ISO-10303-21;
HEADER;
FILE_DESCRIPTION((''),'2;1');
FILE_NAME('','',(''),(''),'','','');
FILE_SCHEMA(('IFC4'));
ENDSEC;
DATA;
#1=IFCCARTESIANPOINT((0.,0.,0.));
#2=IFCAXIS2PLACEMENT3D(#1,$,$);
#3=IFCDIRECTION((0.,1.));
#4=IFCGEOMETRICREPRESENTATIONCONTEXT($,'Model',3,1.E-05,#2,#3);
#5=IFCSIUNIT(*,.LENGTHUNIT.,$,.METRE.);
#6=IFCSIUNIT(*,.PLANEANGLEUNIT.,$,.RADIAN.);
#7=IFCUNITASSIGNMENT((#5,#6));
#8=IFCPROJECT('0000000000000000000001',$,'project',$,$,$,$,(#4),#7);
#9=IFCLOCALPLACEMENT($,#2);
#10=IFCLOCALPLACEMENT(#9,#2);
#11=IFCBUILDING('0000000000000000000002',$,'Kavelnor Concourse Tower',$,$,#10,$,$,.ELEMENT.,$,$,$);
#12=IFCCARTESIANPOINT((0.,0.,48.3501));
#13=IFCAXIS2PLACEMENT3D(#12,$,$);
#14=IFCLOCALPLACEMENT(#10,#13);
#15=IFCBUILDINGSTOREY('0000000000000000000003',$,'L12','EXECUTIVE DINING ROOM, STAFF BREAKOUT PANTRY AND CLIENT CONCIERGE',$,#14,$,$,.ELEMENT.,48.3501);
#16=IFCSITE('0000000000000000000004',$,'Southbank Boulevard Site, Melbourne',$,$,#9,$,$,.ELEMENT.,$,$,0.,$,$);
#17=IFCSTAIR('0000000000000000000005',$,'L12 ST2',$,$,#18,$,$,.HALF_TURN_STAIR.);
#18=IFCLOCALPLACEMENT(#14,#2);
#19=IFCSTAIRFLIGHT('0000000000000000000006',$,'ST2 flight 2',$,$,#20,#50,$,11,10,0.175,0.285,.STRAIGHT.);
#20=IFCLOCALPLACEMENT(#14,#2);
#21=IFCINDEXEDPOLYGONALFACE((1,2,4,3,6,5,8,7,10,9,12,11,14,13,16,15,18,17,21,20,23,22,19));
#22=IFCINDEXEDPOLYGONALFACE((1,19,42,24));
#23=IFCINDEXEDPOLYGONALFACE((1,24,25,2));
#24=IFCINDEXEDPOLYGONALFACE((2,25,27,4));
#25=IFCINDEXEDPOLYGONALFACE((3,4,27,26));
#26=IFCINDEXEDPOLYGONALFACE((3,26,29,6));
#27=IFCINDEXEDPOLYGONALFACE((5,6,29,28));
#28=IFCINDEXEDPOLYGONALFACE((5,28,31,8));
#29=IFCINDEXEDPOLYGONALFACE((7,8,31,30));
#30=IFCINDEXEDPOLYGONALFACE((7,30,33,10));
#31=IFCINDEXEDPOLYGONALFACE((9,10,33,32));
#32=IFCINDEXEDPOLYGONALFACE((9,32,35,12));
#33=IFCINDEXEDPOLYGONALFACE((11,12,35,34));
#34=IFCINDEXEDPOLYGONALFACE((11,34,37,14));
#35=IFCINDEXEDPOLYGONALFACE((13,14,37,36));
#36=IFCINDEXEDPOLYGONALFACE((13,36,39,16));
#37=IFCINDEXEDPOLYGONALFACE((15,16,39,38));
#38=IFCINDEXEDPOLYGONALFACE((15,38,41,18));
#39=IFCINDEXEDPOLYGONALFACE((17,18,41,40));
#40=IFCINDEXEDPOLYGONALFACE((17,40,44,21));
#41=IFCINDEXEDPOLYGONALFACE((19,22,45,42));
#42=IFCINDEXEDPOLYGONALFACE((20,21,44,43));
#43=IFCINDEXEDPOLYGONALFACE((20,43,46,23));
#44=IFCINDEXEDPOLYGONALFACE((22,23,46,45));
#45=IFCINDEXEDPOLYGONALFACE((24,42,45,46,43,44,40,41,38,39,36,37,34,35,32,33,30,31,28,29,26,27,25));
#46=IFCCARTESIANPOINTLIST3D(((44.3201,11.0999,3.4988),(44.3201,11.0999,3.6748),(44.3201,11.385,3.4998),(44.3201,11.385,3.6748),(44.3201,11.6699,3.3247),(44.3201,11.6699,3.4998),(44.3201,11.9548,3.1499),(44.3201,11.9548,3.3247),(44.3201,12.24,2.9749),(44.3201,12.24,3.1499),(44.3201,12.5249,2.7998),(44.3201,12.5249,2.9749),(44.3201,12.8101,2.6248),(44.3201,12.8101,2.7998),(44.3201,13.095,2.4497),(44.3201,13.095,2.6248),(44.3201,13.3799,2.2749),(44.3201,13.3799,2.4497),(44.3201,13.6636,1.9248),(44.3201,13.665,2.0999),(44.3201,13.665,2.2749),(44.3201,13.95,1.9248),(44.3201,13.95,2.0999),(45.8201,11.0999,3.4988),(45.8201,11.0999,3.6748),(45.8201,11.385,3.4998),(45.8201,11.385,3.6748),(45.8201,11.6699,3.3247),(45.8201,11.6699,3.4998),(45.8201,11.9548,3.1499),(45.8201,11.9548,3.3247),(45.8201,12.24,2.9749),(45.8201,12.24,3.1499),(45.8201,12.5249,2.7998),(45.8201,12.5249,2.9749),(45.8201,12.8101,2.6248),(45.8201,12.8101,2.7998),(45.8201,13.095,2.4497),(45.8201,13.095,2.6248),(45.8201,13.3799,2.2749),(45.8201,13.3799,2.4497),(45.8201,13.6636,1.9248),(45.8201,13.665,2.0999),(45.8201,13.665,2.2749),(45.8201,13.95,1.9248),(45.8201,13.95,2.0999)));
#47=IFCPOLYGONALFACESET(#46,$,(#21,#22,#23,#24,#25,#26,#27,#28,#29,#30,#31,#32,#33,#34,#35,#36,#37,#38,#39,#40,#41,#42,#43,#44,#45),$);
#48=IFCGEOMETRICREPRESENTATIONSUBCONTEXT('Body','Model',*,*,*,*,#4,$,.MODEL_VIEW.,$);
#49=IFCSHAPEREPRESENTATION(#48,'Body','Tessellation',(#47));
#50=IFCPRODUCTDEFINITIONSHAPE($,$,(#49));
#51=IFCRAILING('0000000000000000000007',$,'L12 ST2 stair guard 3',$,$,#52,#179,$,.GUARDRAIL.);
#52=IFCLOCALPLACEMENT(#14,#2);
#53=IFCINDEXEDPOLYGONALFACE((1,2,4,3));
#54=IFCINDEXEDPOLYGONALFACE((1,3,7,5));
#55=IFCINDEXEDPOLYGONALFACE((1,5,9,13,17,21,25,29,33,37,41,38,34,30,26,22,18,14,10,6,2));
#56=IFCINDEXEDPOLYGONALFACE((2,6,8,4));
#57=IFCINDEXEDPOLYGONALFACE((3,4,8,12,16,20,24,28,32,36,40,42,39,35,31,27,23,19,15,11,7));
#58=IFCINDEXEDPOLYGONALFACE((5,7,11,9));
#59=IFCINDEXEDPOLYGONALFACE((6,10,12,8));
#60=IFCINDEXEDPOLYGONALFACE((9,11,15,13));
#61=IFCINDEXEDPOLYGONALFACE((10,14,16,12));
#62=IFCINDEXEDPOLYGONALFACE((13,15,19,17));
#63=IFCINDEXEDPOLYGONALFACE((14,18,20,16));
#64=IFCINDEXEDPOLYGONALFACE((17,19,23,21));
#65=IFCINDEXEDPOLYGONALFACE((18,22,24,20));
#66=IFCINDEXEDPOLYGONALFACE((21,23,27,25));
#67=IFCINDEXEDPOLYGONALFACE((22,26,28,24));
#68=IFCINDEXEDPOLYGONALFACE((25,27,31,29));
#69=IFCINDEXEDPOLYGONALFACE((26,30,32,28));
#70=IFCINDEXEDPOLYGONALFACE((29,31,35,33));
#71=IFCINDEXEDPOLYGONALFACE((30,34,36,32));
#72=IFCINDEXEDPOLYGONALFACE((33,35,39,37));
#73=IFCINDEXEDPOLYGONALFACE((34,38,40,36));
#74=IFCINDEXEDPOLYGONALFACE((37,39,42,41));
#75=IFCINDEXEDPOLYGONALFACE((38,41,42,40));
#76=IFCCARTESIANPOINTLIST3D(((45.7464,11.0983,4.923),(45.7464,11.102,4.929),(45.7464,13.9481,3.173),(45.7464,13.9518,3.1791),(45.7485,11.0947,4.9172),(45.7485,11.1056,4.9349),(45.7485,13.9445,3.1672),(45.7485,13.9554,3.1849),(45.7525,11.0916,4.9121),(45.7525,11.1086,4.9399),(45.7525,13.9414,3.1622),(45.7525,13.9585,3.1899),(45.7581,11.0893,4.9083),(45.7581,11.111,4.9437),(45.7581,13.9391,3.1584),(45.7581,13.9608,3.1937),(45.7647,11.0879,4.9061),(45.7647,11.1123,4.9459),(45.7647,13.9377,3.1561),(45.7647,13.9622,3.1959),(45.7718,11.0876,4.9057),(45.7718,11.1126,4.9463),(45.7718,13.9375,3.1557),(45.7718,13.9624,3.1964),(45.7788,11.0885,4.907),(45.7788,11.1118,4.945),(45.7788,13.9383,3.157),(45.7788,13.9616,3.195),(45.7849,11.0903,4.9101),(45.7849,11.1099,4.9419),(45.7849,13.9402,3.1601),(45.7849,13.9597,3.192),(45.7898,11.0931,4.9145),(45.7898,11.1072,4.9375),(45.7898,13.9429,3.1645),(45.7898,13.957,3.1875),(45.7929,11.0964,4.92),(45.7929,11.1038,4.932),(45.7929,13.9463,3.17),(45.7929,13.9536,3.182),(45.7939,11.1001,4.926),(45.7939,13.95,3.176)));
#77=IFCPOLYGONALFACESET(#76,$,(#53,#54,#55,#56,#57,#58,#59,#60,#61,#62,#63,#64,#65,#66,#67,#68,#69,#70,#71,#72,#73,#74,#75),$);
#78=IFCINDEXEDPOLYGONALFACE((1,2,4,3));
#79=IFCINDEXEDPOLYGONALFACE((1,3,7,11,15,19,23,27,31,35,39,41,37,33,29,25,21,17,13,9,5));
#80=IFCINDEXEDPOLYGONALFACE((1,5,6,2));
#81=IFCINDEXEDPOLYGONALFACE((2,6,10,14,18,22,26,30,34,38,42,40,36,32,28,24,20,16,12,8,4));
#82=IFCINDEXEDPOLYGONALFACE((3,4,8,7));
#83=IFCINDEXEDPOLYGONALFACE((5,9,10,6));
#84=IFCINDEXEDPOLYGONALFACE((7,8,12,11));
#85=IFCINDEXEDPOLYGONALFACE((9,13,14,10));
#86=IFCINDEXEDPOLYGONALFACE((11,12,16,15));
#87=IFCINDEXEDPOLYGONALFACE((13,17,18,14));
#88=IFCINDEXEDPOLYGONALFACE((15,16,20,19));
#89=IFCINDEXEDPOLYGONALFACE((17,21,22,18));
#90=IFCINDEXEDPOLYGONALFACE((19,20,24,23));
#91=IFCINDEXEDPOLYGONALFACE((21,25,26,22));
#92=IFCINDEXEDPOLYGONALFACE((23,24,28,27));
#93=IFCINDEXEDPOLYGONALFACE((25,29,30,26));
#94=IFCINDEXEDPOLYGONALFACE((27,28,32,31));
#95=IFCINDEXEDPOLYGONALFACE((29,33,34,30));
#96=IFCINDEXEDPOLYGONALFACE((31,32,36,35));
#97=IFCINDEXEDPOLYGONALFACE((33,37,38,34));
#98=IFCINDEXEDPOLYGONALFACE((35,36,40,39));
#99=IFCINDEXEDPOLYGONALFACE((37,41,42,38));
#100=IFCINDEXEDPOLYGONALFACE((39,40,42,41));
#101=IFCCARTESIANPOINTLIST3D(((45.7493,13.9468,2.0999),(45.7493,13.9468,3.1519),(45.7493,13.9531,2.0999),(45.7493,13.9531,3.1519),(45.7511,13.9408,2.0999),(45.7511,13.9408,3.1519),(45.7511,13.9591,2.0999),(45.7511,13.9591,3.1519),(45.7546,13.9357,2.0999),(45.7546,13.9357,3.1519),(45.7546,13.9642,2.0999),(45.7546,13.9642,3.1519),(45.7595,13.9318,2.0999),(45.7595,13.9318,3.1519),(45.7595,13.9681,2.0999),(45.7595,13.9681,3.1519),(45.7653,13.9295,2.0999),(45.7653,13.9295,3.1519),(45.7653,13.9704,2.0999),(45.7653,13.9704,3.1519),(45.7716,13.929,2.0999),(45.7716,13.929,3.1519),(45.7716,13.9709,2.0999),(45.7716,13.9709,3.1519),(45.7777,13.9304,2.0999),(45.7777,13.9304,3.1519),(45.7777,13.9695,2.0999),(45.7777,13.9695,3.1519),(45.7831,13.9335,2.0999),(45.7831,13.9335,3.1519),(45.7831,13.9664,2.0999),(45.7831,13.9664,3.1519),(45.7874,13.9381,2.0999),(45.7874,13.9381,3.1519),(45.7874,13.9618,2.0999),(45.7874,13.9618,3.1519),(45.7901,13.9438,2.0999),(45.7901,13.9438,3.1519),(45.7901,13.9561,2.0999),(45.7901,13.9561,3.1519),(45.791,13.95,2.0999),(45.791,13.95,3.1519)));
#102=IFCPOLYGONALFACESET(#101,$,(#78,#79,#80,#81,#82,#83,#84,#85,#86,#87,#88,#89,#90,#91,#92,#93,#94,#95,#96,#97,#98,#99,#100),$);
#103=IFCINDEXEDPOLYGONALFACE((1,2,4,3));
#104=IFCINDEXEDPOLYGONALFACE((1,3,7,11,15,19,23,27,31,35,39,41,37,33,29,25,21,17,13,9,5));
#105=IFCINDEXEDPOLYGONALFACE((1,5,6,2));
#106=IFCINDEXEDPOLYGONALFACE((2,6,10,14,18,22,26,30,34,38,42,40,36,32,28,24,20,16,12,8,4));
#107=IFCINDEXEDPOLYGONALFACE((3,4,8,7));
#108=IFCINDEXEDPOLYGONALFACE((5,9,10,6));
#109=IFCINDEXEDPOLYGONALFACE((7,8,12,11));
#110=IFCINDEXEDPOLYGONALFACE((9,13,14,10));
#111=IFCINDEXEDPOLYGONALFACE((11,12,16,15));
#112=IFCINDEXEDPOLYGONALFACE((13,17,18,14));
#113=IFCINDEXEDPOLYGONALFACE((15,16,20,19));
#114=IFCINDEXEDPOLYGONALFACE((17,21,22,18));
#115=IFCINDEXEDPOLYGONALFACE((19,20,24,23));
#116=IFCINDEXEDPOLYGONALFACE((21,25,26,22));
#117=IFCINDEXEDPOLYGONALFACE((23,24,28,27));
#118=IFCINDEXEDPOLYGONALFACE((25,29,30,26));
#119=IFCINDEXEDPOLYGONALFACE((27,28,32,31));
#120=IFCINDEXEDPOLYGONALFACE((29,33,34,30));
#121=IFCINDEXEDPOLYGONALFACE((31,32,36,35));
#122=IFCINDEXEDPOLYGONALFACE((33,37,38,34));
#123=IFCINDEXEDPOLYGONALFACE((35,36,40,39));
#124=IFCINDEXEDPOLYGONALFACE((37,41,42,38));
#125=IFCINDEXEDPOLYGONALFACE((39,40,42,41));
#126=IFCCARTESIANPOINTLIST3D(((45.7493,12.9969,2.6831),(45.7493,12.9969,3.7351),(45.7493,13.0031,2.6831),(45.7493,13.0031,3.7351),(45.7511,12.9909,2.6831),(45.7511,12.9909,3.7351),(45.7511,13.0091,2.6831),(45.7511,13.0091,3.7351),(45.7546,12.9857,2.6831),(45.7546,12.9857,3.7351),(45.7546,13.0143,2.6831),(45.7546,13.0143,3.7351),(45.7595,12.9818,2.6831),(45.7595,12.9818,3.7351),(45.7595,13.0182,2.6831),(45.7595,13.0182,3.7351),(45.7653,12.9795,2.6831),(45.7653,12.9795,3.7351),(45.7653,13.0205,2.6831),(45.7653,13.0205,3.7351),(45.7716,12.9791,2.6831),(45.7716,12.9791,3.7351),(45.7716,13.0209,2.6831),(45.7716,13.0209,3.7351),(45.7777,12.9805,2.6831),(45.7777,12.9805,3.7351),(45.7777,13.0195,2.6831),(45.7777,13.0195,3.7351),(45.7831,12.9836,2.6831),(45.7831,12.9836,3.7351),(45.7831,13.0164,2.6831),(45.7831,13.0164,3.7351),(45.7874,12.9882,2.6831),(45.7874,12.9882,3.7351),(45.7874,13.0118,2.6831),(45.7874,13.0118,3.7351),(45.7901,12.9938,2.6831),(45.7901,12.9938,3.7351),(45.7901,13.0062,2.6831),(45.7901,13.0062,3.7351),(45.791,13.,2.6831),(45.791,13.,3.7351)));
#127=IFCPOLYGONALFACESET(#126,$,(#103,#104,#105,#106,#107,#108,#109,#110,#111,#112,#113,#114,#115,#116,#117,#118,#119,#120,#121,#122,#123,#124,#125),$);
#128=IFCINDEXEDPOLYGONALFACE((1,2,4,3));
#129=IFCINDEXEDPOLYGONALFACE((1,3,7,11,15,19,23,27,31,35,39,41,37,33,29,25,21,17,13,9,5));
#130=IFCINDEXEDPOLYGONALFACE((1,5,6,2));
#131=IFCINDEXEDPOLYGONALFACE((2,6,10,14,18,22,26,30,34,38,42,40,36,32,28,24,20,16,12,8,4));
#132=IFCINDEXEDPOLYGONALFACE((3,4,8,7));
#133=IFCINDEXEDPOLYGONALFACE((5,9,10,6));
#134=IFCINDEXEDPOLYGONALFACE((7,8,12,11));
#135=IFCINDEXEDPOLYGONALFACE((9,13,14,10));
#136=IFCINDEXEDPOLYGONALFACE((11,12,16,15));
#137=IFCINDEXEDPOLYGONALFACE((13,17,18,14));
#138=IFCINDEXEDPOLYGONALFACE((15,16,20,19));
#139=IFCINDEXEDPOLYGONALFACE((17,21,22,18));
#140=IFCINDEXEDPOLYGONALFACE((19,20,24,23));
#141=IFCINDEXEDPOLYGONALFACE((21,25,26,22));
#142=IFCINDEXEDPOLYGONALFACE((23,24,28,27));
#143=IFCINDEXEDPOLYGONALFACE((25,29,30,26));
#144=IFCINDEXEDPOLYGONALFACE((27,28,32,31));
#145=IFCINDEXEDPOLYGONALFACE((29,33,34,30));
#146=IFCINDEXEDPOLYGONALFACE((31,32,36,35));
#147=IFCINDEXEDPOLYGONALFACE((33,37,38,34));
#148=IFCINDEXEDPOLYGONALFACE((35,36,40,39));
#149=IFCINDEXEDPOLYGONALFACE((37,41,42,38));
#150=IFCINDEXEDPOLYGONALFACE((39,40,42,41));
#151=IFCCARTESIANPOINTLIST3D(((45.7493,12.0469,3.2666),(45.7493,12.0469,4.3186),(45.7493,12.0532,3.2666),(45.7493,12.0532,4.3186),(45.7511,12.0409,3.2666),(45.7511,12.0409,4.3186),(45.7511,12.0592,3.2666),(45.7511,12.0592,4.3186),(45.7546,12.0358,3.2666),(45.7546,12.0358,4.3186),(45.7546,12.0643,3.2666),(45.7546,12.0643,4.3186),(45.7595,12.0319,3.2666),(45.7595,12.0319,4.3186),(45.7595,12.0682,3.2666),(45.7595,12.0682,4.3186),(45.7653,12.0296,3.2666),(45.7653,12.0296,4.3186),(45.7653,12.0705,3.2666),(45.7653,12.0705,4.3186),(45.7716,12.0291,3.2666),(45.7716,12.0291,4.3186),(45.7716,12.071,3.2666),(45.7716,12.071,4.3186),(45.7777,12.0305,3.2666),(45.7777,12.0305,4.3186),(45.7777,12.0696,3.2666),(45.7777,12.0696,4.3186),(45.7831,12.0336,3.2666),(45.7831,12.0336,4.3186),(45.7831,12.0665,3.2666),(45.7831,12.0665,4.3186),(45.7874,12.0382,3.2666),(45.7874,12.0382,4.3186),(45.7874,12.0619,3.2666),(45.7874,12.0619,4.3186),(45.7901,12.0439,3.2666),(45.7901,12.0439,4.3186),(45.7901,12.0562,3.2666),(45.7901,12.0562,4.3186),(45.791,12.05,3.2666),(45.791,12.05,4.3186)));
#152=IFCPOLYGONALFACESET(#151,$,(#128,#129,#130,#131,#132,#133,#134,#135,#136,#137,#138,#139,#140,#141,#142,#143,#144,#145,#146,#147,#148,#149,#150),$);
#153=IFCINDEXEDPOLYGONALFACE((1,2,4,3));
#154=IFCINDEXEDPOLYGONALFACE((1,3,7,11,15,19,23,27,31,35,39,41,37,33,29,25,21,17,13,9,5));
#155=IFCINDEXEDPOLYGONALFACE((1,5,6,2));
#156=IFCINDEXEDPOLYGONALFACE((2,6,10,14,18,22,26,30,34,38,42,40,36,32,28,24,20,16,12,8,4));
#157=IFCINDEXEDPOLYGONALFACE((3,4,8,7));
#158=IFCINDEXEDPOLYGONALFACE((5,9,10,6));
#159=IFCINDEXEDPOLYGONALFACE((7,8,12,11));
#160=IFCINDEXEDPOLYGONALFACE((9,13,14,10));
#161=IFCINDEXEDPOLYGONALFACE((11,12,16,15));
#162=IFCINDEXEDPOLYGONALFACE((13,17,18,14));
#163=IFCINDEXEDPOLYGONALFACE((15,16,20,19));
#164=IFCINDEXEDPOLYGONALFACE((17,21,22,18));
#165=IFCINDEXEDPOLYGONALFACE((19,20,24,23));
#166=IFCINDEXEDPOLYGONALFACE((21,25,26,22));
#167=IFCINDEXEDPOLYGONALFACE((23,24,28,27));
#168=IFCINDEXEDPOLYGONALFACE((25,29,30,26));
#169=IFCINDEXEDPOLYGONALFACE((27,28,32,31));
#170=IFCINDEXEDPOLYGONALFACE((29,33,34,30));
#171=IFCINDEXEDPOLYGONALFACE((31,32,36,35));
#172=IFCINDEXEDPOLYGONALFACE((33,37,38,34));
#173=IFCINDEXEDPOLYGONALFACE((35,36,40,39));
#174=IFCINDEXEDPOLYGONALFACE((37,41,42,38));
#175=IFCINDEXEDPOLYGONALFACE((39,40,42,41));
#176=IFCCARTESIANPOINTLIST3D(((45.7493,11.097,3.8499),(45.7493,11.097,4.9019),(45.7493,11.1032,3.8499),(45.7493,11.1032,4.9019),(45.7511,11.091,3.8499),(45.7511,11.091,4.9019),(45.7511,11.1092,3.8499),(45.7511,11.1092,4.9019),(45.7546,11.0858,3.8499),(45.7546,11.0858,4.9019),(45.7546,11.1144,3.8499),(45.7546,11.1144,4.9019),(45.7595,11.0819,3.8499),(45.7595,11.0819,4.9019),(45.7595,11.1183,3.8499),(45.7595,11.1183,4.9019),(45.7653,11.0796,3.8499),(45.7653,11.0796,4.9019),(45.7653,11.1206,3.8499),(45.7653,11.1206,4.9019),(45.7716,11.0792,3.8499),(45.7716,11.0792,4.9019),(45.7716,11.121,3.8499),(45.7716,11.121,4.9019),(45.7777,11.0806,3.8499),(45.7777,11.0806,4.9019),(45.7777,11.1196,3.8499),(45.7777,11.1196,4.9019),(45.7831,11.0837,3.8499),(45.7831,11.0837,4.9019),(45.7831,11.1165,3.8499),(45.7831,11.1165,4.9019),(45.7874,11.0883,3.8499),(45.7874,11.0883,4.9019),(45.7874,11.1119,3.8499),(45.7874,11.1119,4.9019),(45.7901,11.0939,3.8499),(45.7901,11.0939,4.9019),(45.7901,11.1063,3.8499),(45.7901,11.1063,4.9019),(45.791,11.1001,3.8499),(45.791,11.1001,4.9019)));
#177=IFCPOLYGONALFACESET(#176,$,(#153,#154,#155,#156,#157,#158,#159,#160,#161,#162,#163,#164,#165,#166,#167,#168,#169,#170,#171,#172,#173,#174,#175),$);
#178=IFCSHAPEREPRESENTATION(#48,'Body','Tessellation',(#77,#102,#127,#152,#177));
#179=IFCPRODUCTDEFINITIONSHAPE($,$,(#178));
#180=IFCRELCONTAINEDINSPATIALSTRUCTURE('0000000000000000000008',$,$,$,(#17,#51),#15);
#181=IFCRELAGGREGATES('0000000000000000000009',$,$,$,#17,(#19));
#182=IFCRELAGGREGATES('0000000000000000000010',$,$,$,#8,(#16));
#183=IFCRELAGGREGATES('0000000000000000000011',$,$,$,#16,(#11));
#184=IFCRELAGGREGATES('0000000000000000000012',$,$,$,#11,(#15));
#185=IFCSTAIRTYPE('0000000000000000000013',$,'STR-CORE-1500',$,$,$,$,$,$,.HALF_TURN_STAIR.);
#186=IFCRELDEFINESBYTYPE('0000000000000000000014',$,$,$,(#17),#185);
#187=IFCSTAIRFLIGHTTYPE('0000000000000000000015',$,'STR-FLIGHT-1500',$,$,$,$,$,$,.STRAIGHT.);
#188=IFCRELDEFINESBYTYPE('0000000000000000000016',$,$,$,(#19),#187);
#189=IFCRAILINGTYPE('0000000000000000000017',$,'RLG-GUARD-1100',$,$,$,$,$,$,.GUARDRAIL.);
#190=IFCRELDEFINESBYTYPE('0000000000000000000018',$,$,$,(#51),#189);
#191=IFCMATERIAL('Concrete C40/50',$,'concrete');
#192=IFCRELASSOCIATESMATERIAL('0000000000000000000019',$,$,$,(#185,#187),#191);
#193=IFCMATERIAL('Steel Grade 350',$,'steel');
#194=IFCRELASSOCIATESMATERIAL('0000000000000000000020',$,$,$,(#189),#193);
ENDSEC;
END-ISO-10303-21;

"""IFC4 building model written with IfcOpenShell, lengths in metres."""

from ifc_helpers import new_model, si_unit, direction, frame, origin, origin_2d, place, context, subcontext, project, spatial, polyline, circle, outline, extrude, material, type_object, element, aggregate, save


model = new_model("IFC4")

# Units and contexts
model_context = context("Model", 3, precision=1e-05, world=origin(), true_north=direction((0.0, 1.0)))
body_context = subcontext(model_context, "Body", "Model", "MODEL_VIEW")
ifc_project = project(units=[si_unit("LENGTHUNIT", "METRE"), si_unit("PLANEANGLEUNIT", "RADIAN")], contexts=[model_context])

# Site, building, storey
site_placement = place(None, origin())
site = spatial("IfcSite", under=ifc_project, at=site_placement, Name="Southbank Boulevard Site, Melbourne", CompositionType="ELEMENT", RefElevation=0.0)
building_placement = place(site_placement, origin())
building = spatial("IfcBuilding", under=site, at=building_placement, Name="Kavelnor Concourse Tower", CompositionType="ELEMENT")
storey_placement = place(building_placement, frame((0.0, 0.0, 48.3501)))
storey = spatial("IfcBuildingStorey", under=building, at=storey_placement, Name="L12", Description="EXECUTIVE DINING ROOM, STAFF BREAKOUT PANTRY AND CLIENT CONCIERGE", CompositionType="ELEMENT", Elevation=48.3501)

# Shared definitions
ifc_material_1 = material(Name="Steel Grade 350", Category="steel")

# Stair, stair flight
ifc_material_2 = material(Name="Concrete C40/50", Category="concrete")
stair_type = type_object("IfcStairType", Name="STR-CORE-1500", PredefinedType="HALF_TURN_STAIR", material=ifc_material_2)
stair_placement = place(storey_placement, origin())
stair = element("IfcStair", 1, at=stair_placement, inside=storey, type_object=stair_type, Name="L12 ST2", PredefinedType="HALF_TURN_STAIR")
stair_flight_type = type_object("IfcStairFlightType", Name="STR-FLIGHT-1500", PredefinedType="STRAIGHT", material=ifc_material_2)
stair_flight_placement = place(storey_placement, frame((45.0701, 13.95, 1.9248), z_axis=(0.0, 0.0, 1.0), x_axis=(0.0, -1.0, 0.0)))
stair_flight = element("IfcStairFlight", 2, at=stair_flight_placement, type_object=stair_flight_type, Name="ST2 flight 2", NumberOfRisers=11, NumberOfTreads=10, PredefinedType="STRAIGHT", RiserHeight=0.175, TreadLength=0.285, context=body_context, shape_type="SweptSolid", body=[
    extrude(outline(polyline([(0.0, 0.0), (0.0, 0.175), (0.2849, 0.175), (0.2849, 0.3501), (0.5701, 0.3501), (0.5701, 0.5249), (0.855, 0.5249), (0.855, 0.7), (1.1399, 0.7), (1.1399, 0.875), (1.425, 0.875), (1.425, 1.05), (1.71, 1.05), (1.71, 1.2251), (1.9951, 1.2251), (1.9951, 1.3999), (2.28, 1.3999), (2.28, 1.575), (2.5649, 1.575), (2.5649, 1.75), (2.8501, 1.75), (2.8501, 1.925), (2.8501, 1.574), (0.2864, 0.0), (0.0, 0.0)])), frame((0.0, 0.75, 0.0), z_axis=(0.0, -1.0, 0.0), x_axis=(1.0, 0.0, 0.0)), (0.0, 0.0, 1.0), 1.5),
])
aggregate(stair, [stair_flight])

# Railing
railing_type_1 = type_object("IfcRailingType", Name="RLG-GUARD-1100", PredefinedType="GUARDRAIL", material=ifc_material_1)
railing_1_placement = place(storey_placement, frame((45.77, 13.95, 2.0999)))
element("IfcRailing", 3, at=railing_1_placement, inside=storey, type_object=railing_type_1, Name="L12 ST2 stair guard 3", PredefinedType="GUARDRAIL", context=body_context, shape_type="SweptSolid", body=[
    extrude(circle(Radius=0.0239, at=origin_2d()), frame((0.0, 0.0, 1.0762), z_axis=(0.0, -0.852159, 0.523283), x_axis=(1.0, 0.0, 0.0)), (0.0, 0.0, 1.0), 3.3442),
    extrude(circle(Radius=0.021, at=origin_2d()), origin(), (0.0, 0.0, 1.0), 1.052),
    extrude(circle(Radius=0.021, at=origin_2d()), frame((0.0, -0.95, 0.5833)), (0.0, 0.0, 1.0), 1.052),
    extrude(circle(Radius=0.021, at=origin_2d()), frame((0.0, -1.8999, 1.1667)), (0.0, 0.0, 1.0), 1.052),
    extrude(circle(Radius=0.021, at=origin_2d()), frame((0.0, -2.8499, 1.75)), (0.0, 0.0, 1.0), 1.052),
])

save(model, "model.ifc")
